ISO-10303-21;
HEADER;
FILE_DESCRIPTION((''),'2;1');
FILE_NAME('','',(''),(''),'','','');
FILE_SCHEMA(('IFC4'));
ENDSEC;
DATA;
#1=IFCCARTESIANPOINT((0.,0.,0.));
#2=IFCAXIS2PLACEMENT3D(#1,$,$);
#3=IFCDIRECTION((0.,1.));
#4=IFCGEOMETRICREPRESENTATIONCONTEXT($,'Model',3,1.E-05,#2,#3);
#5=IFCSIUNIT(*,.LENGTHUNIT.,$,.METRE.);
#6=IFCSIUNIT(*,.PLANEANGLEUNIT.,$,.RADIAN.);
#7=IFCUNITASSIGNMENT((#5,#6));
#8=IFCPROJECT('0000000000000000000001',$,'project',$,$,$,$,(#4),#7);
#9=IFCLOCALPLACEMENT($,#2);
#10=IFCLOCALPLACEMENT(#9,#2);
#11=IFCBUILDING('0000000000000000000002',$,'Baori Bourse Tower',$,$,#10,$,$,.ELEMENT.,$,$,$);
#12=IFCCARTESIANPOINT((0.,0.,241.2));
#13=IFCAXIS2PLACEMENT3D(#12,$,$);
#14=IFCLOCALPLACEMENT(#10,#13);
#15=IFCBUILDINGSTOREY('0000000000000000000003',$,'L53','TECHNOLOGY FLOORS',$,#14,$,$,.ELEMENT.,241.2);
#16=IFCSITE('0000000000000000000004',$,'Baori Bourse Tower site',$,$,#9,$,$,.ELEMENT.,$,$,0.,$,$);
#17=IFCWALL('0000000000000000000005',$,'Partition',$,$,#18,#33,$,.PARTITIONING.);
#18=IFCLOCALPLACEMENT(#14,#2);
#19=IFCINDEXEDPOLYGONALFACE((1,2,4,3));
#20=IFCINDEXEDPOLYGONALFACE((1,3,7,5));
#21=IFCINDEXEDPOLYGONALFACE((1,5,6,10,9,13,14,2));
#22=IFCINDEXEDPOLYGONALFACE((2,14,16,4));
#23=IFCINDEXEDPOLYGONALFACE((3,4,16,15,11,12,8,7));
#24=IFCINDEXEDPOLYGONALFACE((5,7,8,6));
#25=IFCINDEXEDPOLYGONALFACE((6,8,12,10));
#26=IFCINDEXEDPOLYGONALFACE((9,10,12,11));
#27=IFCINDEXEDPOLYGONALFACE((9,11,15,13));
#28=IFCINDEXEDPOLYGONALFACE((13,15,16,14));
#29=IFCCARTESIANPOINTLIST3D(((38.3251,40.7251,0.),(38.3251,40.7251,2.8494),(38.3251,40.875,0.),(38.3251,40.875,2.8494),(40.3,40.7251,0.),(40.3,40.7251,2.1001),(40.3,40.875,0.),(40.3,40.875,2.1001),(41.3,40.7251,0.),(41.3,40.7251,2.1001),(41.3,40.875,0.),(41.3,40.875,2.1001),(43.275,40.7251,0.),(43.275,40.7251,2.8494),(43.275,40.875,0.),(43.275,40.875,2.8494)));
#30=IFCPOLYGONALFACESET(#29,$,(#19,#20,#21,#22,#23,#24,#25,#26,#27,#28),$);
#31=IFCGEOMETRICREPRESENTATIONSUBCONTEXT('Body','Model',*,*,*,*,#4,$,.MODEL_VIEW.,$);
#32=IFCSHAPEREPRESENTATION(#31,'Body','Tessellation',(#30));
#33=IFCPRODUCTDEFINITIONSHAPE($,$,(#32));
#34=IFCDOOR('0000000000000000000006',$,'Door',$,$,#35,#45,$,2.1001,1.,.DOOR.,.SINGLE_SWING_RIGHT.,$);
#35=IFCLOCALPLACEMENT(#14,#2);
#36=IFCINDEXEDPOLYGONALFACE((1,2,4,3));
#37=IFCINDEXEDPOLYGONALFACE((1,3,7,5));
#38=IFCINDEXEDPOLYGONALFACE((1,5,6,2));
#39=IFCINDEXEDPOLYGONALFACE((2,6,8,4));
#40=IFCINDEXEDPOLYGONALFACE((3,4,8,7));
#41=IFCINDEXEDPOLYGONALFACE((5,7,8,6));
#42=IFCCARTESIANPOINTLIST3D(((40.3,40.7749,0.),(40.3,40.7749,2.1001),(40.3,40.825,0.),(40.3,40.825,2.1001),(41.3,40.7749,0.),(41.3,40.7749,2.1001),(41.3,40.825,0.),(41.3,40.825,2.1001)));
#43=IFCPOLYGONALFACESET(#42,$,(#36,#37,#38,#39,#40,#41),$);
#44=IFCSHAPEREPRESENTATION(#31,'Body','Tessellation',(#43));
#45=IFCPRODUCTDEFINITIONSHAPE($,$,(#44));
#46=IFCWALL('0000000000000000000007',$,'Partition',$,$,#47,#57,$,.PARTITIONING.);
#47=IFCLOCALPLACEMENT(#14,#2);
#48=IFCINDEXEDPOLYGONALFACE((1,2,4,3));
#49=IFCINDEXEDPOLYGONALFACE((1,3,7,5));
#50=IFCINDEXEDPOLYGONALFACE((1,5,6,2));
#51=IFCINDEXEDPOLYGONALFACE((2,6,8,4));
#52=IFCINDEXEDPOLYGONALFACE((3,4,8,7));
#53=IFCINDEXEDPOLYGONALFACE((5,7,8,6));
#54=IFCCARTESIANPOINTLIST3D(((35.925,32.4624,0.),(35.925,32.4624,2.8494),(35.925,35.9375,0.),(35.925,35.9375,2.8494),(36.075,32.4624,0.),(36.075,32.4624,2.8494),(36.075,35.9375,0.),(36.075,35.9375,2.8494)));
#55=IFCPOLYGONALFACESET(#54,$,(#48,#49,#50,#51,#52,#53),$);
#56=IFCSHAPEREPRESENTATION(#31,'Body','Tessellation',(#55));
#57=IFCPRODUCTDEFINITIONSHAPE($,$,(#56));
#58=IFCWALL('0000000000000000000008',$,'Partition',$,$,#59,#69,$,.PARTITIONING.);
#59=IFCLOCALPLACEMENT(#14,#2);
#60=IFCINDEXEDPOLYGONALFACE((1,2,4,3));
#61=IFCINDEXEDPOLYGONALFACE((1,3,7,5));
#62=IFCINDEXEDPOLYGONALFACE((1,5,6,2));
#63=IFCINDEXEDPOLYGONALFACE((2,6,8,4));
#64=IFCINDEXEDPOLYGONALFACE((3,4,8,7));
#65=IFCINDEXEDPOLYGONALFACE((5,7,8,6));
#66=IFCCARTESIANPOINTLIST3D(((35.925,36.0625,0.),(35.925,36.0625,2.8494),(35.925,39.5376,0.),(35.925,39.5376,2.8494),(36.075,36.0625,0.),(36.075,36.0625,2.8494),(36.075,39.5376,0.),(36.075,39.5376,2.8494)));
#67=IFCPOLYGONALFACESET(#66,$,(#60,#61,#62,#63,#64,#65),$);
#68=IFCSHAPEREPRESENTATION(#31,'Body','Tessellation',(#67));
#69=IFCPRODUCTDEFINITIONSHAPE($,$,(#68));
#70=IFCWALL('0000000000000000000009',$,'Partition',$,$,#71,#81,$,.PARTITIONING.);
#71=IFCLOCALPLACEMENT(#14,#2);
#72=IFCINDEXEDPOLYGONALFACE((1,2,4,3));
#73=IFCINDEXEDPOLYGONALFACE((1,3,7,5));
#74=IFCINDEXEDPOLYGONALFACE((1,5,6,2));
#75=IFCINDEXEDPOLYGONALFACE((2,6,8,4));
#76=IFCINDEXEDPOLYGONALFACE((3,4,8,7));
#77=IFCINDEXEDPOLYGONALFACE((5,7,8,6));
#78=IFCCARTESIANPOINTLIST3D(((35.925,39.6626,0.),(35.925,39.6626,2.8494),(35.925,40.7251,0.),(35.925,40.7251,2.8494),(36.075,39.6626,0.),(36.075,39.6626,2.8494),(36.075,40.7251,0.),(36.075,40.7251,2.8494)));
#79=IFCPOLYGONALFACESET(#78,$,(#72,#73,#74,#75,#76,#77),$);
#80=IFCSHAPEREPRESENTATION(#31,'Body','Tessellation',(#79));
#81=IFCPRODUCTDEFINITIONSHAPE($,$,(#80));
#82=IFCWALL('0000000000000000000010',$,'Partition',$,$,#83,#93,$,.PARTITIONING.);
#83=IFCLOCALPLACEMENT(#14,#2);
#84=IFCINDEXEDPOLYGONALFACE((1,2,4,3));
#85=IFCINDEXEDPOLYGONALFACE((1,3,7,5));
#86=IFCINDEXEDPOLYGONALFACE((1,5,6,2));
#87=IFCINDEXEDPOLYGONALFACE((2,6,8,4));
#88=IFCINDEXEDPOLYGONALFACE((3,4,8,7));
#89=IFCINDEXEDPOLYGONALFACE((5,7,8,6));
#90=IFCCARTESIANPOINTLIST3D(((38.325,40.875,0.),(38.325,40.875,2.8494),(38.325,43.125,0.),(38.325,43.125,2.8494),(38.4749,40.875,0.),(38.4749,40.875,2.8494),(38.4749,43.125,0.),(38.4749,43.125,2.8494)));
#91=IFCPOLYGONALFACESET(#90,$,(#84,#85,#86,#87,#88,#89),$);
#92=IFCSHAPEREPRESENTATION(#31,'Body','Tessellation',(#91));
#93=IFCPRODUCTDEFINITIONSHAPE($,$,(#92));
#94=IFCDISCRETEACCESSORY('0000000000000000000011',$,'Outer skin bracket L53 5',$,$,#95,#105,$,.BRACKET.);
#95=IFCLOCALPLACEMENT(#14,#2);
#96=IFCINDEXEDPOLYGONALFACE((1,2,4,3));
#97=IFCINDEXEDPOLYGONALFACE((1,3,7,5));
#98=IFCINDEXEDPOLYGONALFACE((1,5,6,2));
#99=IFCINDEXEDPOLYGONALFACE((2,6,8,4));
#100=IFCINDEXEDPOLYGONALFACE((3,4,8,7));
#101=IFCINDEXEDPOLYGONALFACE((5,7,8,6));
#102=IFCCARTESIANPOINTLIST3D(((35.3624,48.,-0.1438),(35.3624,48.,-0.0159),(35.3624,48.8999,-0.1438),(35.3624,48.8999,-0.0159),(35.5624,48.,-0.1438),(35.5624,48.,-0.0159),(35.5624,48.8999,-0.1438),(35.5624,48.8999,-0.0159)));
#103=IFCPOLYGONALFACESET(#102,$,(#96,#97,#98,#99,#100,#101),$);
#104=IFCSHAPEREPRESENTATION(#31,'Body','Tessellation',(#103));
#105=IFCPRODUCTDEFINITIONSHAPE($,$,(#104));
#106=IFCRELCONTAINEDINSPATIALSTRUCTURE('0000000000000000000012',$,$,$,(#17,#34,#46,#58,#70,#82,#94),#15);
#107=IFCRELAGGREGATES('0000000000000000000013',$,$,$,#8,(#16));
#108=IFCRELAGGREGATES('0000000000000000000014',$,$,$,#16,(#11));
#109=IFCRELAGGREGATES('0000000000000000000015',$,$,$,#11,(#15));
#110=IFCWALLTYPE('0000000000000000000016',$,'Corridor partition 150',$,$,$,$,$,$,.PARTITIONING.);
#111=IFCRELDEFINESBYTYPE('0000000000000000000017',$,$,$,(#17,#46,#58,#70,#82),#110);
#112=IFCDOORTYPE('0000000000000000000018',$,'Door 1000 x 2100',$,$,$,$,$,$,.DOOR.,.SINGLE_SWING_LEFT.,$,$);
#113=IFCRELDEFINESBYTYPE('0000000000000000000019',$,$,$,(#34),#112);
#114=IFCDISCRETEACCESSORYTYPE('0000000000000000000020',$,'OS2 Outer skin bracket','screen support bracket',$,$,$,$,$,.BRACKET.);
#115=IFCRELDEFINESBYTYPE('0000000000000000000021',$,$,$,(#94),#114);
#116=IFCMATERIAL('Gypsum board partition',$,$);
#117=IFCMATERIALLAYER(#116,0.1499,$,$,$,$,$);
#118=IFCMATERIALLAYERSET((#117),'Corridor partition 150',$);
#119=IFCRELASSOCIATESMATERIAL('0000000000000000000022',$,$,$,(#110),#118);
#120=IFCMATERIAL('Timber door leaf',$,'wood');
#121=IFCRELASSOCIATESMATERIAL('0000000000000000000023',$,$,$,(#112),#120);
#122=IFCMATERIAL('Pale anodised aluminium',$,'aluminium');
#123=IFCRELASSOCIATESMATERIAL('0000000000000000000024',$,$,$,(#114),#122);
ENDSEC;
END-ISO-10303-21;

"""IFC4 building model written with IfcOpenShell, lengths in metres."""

from ifc_helpers import new_model, si_unit, direction, frame, frame_2d, origin, origin_2d, place, context, subcontext, project, spatial, rectangle, extrude, material, layer, layer_set, type_object, element, fill, save


model = new_model("IFC4")

# Units and contexts
model_context = context("Model", 3, precision=1e-05, world=origin(), true_north=direction((0.0, 1.0)))
body_context = subcontext(model_context, "Body", "Model", "MODEL_VIEW")
ifc_project = project(units=[si_unit("LENGTHUNIT", "METRE"), si_unit("PLANEANGLEUNIT", "RADIAN")], contexts=[model_context])

# Site, building, storey
site_placement = place(None, origin())
site = spatial("IfcSite", under=ifc_project, at=site_placement, Name="Baori Bourse Tower site", CompositionType="ELEMENT", RefElevation=0.0)
building_placement = place(site_placement, origin())
building = spatial("IfcBuilding", under=site, at=building_placement, Name="Baori Bourse Tower", CompositionType="ELEMENT")
storey_placement = place(building_placement, frame((0.0, 0.0, 241.2)))
storey = spatial("IfcBuildingStorey", under=building, at=storey_placement, Name="L53", Description="TECHNOLOGY FLOORS", CompositionType="ELEMENT", Elevation=241.2)

# Wall, opening, door
ifc_material_1 = material(Name="Gypsum board partition")
ifc_layer_1 = layer(ifc_material_1, 0.1499)
ifc_layer_set_1 = layer_set([ifc_layer_1], Name="Corridor partition 150")
wall_type = type_object("IfcWallType", Name="Corridor partition 150", PredefinedType="PARTITIONING", material=ifc_layer_set_1)
wall_1_placement = place(storey_placement, frame((38.325, 40.8, 0.0), z_axis=(0.0, 0.0, 1.0), x_axis=(1.0, 0.0, 0.0)))
wall_1 = element("IfcWall", 1, at=wall_1_placement, inside=storey, type_object=wall_type, Name="Partition", PredefinedType="PARTITIONING", context=body_context, shape_type="SweptSolid", body=[
    extrude(rectangle(XDim=4.95, YDim=0.1499, at=frame_2d((2.4751, 0.0))), origin(), (0.0, 0.0, 1.0), 2.8494),
])
opening_placement = place(wall_1_placement, frame((1.9751, 0.0, 0.0)))
opening = element("IfcOpeningElement", 2, at=opening_placement, cuts=wall_1, PredefinedType="OPENING", context=body_context, shape_type="SweptSolid", body=[
    extrude(rectangle(XDim=1.0, YDim=2.1001, at=frame_2d((0.5, 1.05))), frame((0.0, 0.085, 0.0), z_axis=(0.0, -1.0, 0.0), x_axis=(1.0, 0.0, 0.0)), (0.0, 0.0, 1.0), 0.1699),
])
ifc_material_2 = material(Name="Timber door leaf", Category="wood")
door_type = type_object("IfcDoorType", Name="Door 1000 x 2100", OperationType="SINGLE_SWING_LEFT", PredefinedType="DOOR", material=ifc_material_2)
door_placement = place(opening_placement, origin())
door = element("IfcDoor", 3, at=door_placement, inside=storey, type_object=door_type, Name="Door", OperationType="SINGLE_SWING_RIGHT", OverallHeight=2.1001, OverallWidth=1.0, PredefinedType="DOOR", context=body_context, shape_type="SweptSolid", body=[
    extrude(rectangle(XDim=1.0, YDim=2.1001, at=frame_2d((0.5, 1.05))), frame((0.0, 0.0249, 0.0), z_axis=(0.0, -1.0, 0.0), x_axis=(1.0, 0.0, 0.0)), (0.0, 0.0, 1.0), 0.05),
])
fill(opening, door)

# Walls
for number, where, z_axis, x_axis, name in (
    (4, (36.0, 32.4624, 0.0), (0.0, 0.0, 1.0), (0.0, 1.0, 0.0), "Partition"),
    (5, (36.0, 36.0625, 0.0), (0.0, 0.0, 1.0), (0.0, 1.0, 0.0), "Partition"),
):
    element("IfcWall", number, at=place(storey_placement, frame(where, z_axis=z_axis, x_axis=x_axis)), inside=storey, type_object=wall_type, Name=name, PredefinedType="PARTITIONING", context=body_context, shape_type="SweptSolid", body=[
        extrude(rectangle(XDim=3.4751, YDim=0.1499, at=frame_2d((1.7375, 0.0))), origin(), (0.0, 0.0, 1.0), 2.8494),
    ])
wall_2_placement = place(storey_placement, frame((36.0, 39.6626, 0.0), z_axis=(0.0, 0.0, 1.0), x_axis=(0.0, 1.0, 0.0)))
element("IfcWall", 6, at=wall_2_placement, inside=storey, type_object=wall_type, Name="Partition", PredefinedType="PARTITIONING", context=body_context, shape_type="SweptSolid", body=[
    extrude(rectangle(XDim=1.0625, YDim=0.1499, at=frame_2d((0.5312, 0.0))), origin(), (0.0, 0.0, 1.0), 2.8494),
])
wall_3_placement = place(storey_placement, frame((38.3999, 40.875, 0.0), z_axis=(0.0, 0.0, 1.0), x_axis=(0.0, 1.0, 0.0)))
element("IfcWall", 7, at=wall_3_placement, inside=storey, type_object=wall_type, Name="Partition", PredefinedType="PARTITIONING", context=body_context, shape_type="SweptSolid", body=[
    extrude(rectangle(XDim=2.25, YDim=0.1499, at=frame_2d((1.125, 0.0))), origin(), (0.0, 0.0, 1.0), 2.8494),
])

# Discrete accessory
ifc_material_3 = material(Name="Pale anodised aluminium", Category="aluminium")
discrete_accessory_type = type_object("IfcDiscreteAccessoryType", Name="OS2 Outer skin bracket", Description="screen support bracket", PredefinedType="BRACKET", material=ifc_material_3)
discrete_accessory_placement = place(storey_placement, frame((35.4624, 48.45, -0.1438), z_axis=(0.0, 0.0, 1.0), x_axis=(-1.0, 0.0, 0.0)))
element("IfcDiscreteAccessory", 8, at=discrete_accessory_placement, inside=storey, type_object=discrete_accessory_type, Name="Outer skin bracket L53 5", PredefinedType="BRACKET", context=body_context, shape_type="SweptSolid", body=[
    extrude(rectangle(XDim=0.2, YDim=0.8999, at=origin_2d()), origin(), (0.0, 0.0, 1.0), 0.1279),
])

save(model, "model.ifc")
